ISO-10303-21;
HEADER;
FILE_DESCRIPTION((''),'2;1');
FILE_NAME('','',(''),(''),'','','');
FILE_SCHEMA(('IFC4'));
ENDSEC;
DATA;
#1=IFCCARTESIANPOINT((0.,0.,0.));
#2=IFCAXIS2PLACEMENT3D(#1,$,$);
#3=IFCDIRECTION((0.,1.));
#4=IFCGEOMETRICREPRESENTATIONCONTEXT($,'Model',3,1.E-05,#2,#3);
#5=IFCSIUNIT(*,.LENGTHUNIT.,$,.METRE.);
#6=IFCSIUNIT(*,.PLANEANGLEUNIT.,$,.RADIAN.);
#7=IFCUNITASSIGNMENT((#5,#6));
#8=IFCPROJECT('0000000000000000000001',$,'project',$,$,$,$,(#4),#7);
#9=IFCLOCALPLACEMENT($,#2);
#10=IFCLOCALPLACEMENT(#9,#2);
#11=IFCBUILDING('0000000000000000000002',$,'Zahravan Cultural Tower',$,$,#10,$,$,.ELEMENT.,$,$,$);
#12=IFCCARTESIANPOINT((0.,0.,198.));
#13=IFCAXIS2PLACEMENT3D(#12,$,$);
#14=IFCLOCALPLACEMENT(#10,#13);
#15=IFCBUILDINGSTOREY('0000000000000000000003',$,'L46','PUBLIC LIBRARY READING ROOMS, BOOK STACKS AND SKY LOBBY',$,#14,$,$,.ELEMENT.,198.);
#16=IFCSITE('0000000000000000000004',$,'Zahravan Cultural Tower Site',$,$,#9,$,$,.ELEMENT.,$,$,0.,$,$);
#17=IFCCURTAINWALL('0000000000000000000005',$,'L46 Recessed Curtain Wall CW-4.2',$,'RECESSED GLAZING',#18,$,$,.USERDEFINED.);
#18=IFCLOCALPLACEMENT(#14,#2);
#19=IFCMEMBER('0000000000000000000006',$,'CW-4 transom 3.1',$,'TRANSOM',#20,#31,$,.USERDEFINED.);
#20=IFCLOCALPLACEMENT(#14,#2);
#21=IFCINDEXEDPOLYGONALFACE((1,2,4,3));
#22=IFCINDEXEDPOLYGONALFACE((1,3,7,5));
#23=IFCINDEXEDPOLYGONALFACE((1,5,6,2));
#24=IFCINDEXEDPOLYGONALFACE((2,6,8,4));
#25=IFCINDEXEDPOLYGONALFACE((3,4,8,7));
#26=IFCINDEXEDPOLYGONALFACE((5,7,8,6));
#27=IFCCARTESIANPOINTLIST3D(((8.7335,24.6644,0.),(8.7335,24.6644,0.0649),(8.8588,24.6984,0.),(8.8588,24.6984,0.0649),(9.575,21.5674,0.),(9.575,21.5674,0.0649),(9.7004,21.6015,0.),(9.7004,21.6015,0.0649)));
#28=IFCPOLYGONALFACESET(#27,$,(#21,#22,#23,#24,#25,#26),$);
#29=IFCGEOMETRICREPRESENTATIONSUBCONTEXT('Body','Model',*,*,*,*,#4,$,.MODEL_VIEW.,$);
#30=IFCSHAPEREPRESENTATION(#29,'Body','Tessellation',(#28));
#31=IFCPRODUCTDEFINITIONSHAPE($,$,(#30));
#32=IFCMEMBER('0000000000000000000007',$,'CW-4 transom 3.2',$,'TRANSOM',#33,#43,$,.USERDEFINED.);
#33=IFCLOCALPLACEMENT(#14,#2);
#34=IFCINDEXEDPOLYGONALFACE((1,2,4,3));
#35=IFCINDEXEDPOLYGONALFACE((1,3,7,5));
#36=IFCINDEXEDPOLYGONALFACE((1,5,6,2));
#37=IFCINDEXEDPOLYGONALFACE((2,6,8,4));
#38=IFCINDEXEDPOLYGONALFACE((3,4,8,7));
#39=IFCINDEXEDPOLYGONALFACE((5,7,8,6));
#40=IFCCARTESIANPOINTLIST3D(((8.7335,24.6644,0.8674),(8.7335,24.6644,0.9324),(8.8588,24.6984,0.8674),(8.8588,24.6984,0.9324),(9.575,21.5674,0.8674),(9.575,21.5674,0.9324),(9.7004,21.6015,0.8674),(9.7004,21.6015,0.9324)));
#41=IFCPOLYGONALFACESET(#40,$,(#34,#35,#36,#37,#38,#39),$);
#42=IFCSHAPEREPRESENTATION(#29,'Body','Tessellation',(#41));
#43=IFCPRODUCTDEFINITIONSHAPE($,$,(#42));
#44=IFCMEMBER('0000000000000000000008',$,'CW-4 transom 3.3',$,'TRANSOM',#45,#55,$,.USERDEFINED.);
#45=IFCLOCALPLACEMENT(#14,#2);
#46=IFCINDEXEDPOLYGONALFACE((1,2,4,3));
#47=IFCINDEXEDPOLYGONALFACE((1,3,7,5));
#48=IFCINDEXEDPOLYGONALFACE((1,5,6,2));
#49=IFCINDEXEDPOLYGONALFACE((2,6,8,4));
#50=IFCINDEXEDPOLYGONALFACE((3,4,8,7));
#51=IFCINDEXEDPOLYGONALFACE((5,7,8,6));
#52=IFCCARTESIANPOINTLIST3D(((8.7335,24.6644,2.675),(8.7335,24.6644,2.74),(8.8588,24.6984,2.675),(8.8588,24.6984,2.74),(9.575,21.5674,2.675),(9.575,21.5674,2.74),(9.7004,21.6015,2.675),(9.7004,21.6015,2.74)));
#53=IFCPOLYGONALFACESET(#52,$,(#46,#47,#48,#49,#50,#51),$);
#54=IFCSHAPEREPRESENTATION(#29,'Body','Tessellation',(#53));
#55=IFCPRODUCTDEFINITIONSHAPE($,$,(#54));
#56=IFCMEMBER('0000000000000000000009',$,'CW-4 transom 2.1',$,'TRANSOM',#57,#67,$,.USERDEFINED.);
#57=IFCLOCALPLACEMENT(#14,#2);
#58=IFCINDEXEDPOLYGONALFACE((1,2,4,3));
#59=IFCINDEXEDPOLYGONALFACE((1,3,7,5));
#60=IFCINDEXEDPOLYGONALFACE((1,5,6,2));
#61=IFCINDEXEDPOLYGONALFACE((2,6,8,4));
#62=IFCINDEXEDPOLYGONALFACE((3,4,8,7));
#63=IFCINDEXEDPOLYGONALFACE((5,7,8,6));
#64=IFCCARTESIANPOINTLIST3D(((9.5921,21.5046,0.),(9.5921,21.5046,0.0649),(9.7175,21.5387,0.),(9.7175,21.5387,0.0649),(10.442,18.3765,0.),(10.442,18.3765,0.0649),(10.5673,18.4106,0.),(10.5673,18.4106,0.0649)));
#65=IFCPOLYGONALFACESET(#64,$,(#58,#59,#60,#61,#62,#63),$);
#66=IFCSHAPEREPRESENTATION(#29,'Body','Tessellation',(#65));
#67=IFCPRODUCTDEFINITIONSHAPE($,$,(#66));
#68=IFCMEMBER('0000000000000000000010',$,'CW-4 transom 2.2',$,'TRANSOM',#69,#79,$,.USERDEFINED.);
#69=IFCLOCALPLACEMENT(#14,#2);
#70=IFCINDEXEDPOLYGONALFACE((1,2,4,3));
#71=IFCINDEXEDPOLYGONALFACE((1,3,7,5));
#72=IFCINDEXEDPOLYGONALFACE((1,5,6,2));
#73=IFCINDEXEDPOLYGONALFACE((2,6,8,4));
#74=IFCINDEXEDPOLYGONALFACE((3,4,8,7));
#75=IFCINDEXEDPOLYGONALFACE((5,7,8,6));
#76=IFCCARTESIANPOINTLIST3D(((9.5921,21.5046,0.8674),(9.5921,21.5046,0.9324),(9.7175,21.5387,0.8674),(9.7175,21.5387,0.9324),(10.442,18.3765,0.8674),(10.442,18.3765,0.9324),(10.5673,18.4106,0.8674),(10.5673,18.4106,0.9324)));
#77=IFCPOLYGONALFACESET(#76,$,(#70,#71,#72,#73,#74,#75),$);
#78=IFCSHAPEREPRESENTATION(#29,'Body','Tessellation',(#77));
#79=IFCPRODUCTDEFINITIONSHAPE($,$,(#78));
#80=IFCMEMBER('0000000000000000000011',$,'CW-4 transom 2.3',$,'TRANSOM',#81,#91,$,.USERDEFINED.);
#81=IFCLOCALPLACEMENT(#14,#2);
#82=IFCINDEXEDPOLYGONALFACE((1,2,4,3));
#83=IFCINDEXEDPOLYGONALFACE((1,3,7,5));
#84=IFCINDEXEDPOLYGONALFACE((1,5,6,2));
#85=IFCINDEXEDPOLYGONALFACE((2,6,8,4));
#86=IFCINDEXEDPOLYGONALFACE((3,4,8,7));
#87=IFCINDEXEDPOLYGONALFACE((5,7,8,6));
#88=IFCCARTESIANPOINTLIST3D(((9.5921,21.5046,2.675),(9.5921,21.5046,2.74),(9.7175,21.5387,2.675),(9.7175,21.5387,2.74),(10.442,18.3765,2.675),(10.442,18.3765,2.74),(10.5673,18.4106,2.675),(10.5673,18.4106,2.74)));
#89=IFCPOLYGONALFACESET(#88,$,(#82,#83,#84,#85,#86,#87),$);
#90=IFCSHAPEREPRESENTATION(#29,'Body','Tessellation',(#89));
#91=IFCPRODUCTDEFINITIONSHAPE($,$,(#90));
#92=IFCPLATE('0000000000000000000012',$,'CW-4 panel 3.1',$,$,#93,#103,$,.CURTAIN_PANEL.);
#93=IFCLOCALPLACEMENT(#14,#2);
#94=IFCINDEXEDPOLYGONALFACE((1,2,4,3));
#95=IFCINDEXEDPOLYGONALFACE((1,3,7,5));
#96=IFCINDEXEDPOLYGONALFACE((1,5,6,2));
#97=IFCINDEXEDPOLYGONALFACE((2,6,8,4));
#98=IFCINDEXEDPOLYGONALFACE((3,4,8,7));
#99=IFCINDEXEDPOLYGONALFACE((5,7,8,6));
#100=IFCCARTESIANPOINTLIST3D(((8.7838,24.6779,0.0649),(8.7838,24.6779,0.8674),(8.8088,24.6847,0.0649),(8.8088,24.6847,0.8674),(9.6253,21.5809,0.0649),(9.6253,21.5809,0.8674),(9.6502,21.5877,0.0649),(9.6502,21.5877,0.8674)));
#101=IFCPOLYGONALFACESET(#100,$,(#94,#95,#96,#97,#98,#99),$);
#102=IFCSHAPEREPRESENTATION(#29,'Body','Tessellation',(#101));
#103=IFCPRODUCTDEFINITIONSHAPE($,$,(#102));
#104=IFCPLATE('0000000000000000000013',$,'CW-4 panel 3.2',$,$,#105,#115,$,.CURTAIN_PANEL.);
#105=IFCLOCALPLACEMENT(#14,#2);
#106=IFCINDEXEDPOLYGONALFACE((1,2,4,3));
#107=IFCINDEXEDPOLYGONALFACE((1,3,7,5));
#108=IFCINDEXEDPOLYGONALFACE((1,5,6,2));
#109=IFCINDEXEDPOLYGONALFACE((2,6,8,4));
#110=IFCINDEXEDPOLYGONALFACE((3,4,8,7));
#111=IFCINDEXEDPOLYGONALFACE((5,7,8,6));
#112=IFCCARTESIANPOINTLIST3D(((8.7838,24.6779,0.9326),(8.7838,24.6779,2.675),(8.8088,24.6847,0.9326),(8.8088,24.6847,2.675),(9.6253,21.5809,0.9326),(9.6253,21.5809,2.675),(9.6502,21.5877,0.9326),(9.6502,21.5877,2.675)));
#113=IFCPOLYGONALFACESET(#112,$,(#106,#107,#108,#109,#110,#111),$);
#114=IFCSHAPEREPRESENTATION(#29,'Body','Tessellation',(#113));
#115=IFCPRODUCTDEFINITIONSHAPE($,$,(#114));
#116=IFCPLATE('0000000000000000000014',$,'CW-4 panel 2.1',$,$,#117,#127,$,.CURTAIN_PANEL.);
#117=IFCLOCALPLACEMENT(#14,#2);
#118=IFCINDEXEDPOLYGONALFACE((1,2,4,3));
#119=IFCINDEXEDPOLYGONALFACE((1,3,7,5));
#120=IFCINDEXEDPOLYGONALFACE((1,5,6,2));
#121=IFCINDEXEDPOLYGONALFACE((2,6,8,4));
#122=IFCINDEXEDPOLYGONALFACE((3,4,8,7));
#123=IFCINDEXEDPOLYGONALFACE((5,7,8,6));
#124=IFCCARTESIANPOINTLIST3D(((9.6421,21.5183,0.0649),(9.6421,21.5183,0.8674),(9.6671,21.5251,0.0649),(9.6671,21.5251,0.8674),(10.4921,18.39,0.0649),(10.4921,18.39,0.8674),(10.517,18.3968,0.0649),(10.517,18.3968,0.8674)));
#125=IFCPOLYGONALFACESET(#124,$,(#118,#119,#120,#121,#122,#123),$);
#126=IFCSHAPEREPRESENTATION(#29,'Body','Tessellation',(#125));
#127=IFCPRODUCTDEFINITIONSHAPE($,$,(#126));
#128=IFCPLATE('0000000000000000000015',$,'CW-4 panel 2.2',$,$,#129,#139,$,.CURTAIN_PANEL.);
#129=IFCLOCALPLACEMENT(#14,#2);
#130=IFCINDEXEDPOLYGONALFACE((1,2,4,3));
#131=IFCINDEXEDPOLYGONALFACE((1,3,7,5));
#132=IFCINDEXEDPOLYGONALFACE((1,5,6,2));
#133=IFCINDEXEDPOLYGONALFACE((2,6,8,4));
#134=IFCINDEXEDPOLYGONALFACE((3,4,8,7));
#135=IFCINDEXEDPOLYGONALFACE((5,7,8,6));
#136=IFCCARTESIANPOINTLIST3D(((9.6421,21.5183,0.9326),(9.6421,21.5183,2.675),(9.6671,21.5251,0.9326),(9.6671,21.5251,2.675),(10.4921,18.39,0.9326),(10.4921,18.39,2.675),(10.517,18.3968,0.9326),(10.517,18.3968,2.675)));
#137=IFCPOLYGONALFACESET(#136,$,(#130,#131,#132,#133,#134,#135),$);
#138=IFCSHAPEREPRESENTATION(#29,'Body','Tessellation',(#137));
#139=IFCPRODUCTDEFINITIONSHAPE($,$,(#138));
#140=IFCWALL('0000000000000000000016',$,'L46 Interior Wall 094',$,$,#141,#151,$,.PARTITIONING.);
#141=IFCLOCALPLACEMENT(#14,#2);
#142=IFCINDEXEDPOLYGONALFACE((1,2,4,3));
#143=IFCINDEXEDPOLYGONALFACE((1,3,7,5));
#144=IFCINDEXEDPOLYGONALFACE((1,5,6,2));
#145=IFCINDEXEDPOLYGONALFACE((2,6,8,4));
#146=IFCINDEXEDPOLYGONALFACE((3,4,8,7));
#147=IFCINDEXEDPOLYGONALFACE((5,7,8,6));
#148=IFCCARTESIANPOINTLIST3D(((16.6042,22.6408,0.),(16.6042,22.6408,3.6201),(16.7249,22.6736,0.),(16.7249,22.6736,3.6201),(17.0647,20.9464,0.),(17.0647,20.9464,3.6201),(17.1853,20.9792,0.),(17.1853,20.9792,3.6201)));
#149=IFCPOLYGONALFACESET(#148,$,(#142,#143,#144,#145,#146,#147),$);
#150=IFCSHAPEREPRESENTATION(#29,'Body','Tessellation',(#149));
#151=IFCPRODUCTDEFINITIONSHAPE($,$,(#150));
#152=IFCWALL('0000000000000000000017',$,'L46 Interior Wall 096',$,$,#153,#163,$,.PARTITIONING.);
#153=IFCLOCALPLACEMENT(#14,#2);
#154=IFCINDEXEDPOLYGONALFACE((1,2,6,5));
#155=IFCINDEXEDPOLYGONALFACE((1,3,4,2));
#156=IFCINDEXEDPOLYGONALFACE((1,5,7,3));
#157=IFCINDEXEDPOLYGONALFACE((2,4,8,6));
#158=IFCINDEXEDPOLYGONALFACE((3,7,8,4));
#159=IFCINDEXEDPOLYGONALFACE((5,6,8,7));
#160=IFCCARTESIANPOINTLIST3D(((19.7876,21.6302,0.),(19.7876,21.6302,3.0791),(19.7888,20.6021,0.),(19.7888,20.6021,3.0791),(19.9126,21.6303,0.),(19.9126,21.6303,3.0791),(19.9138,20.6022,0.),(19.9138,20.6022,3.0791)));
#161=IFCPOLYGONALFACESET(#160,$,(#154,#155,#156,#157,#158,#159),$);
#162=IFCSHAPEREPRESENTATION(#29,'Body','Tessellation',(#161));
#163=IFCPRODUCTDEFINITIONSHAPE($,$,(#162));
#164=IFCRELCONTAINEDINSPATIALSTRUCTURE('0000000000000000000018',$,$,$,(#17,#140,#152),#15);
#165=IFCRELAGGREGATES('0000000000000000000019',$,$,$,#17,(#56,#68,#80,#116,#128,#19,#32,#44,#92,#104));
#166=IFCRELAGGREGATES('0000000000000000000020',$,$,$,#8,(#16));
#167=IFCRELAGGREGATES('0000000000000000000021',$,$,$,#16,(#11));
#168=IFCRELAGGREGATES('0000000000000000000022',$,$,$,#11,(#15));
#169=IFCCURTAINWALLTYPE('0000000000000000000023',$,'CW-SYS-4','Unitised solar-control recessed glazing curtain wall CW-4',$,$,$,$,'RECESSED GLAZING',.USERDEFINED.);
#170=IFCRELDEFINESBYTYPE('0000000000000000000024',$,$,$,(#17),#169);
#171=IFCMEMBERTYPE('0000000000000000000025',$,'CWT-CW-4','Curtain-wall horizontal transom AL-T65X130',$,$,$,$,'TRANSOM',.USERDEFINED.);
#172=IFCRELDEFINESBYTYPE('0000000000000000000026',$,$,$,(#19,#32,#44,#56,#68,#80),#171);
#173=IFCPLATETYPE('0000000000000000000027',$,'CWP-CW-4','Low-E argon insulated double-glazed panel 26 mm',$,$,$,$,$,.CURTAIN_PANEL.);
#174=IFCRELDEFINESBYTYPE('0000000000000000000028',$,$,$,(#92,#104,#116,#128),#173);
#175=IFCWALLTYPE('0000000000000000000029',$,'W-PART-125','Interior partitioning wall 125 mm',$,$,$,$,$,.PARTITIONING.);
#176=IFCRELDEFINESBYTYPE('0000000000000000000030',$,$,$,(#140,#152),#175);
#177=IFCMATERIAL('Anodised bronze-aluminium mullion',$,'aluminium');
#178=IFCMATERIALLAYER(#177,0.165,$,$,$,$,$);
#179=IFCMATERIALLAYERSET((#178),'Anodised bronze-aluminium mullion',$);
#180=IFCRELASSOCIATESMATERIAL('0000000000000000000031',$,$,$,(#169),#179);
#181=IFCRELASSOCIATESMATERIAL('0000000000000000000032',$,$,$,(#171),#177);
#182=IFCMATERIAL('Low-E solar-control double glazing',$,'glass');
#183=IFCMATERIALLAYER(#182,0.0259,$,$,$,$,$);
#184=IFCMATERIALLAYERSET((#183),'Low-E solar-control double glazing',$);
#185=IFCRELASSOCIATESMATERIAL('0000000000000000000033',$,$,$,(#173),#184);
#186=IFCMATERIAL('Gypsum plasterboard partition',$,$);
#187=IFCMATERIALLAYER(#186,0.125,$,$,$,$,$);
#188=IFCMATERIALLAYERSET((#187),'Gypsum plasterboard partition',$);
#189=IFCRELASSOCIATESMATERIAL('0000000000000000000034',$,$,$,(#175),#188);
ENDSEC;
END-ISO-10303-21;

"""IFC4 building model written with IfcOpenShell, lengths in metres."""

from ifc_helpers import new_model, si_unit, direction, frame, frame_2d, origin, origin_2d, place, context, subcontext, project, spatial, rectangle, extrude, source, transform, mapped, material, layer, layer_set, material_profile, profile_set, type_object, element, aggregate, save


model = new_model("IFC4")

# Units and contexts
model_context = context("Model", 3, precision=1e-05, world=origin(), true_north=direction((0.0, 1.0)))
body_context = subcontext(model_context, "Body", "Model", "MODEL_VIEW")
ifc_project = project(units=[si_unit("LENGTHUNIT", "METRE"), si_unit("PLANEANGLEUNIT", "RADIAN")], contexts=[model_context])

# Site, building, storey
site_placement = place(None, origin())
site = spatial("IfcSite", under=ifc_project, at=site_placement, Name="Zahravan Cultural Tower Site", CompositionType="ELEMENT", RefElevation=0.0)
building_placement = place(site_placement, origin())
building = spatial("IfcBuilding", under=site, at=building_placement, Name="Zahravan Cultural Tower", CompositionType="ELEMENT")
storey_placement = place(building_placement, frame((0.0, 0.0, 198.0)))
storey = spatial("IfcBuildingStorey", under=building, at=storey_placement, Name="L46", Description="PUBLIC LIBRARY READING ROOMS, BOOK STACKS AND SKY LOBBY", CompositionType="ELEMENT", Elevation=198.0)

# Curtain wall, members, plates
ifc_material_1 = material(Name="Anodised bronze-aluminium mullion", Category="aluminium")
ifc_layer_1 = layer(ifc_material_1, 0.165)
ifc_layer_set_1 = layer_set([ifc_layer_1], Name="Anodised bronze-aluminium mullion")
curtain_wall_type = type_object("IfcCurtainWallType", Name="CW-SYS-4", Description="Unitised solar-control recessed glazing curtain wall CW-4", ElementType="RECESSED GLAZING", PredefinedType="USERDEFINED", material=ifc_layer_set_1)
curtain_wall_placement = place(storey_placement, origin())
curtain_wall = element("IfcCurtainWall", 1, at=curtain_wall_placement, inside=storey, type_object=curtain_wall_type, Name="L46 Recessed Curtain Wall CW-4.2", ObjectType="RECESSED GLAZING", PredefinedType="USERDEFINED")
ifc_material_profile_1 = material_profile(ifc_material_1, rectangle(XDim=0.1299, YDim=0.0649, at=origin_2d()), Name="AL-T65X130")
ifc_profile_set_1 = profile_set([ifc_material_profile_1], Name="Anodised bronze-aluminium mullion")
member_type_1 = type_object("IfcMemberType", Name="CWT-CW-4", Description="Curtain-wall horizontal transom AL-T65X130", ElementType="TRANSOM", PredefinedType="USERDEFINED", material=ifc_profile_set_1)
shared_shape_1 = source(origin(), body_context, "Body", "SweptSolid", [
    extrude(rectangle(XDim=0.1299, YDim=0.0649, at=origin_2d()), origin(), (0.0, 0.0, 1.0), 3.2092),
])
member_1_placement = place(storey_placement, frame((9.6377, 21.5845, 0.0325), z_axis=(-0.262229, 0.965006, 0.0), x_axis=(-0.965006, -0.262229, 0.0)))
member_1 = element("IfcMember", 2, at=member_1_placement, type_object=member_type_1, Name="CW-4 transom 3.1", ObjectType="TRANSOM", PredefinedType="USERDEFINED", context=body_context, shape_type="MappedRepresentation", body=[
    mapped(shared_shape_1, transform((0.0, 0.0, 0.0), x_axis=(1.0, 0.0, 0.0), y_axis=(0.0, 1.0, 0.0), z_axis=(0.0, 0.0, 1.0), scale=1.0)),
])
member_2_placement = place(storey_placement, frame((9.6377, 21.5845, 0.8999), z_axis=(-0.262229, 0.965006, 0.0), x_axis=(-0.965006, -0.262229, 0.0)))
member_2 = element("IfcMember", 3, at=member_2_placement, type_object=member_type_1, Name="CW-4 transom 3.2", ObjectType="TRANSOM", PredefinedType="USERDEFINED", context=body_context, shape_type="MappedRepresentation", body=[
    mapped(shared_shape_1, transform((0.0, 0.0, 0.0), x_axis=(1.0, 0.0, 0.0), y_axis=(0.0, 1.0, 0.0), z_axis=(0.0, 0.0, 1.0), scale=1.0)),
])
member_3_placement = place(storey_placement, frame((9.6377, 21.5845, 2.7075), z_axis=(-0.262229, 0.965006, 0.0), x_axis=(-0.965006, -0.262229, 0.0)))
member_3 = element("IfcMember", 4, at=member_3_placement, type_object=member_type_1, Name="CW-4 transom 3.3", ObjectType="TRANSOM", PredefinedType="USERDEFINED", context=body_context, shape_type="MappedRepresentation", body=[
    mapped(shared_shape_1, transform((0.0, 0.0, 0.0), x_axis=(1.0, 0.0, 0.0), y_axis=(0.0, 1.0, 0.0), z_axis=(0.0, 0.0, 1.0), scale=1.0)),
])
shared_shape_2 = source(origin(), body_context, "Body", "SweptSolid", [
    extrude(rectangle(XDim=0.1299, YDim=0.0649, at=origin_2d()), origin(), (0.0, 0.0, 1.0), 3.2415),
])
member_4_placement = place(storey_placement, frame((10.5046, 18.3936, 0.0325), z_axis=(-0.262174, 0.965021, 0.0), x_axis=(-0.965021, -0.262174, 0.0)))
member_4 = element("IfcMember", 5, at=member_4_placement, type_object=member_type_1, Name="CW-4 transom 2.1", ObjectType="TRANSOM", PredefinedType="USERDEFINED", context=body_context, shape_type="MappedRepresentation", body=[
    mapped(shared_shape_2, transform((0.0, 0.0, 0.0), x_axis=(1.0, 0.0, 0.0), y_axis=(0.0, 1.0, 0.0), z_axis=(0.0, 0.0, 1.0), scale=1.0)),
])
member_5_placement = place(storey_placement, frame((10.5046, 18.3936, 0.8999), z_axis=(-0.262174, 0.965021, 0.0), x_axis=(-0.965021, -0.262174, 0.0)))
member_5 = element("IfcMember", 6, at=member_5_placement, type_object=member_type_1, Name="CW-4 transom 2.2", ObjectType="TRANSOM", PredefinedType="USERDEFINED", context=body_context, shape_type="MappedRepresentation", body=[
    mapped(shared_shape_2, transform((0.0, 0.0, 0.0), x_axis=(1.0, 0.0, 0.0), y_axis=(0.0, 1.0, 0.0), z_axis=(0.0, 0.0, 1.0), scale=1.0)),
])
member_6_placement = place(storey_placement, frame((10.5046, 18.3936, 2.7075), z_axis=(-0.262174, 0.965021, 0.0), x_axis=(-0.965021, -0.262174, 0.0)))
member_6 = element("IfcMember", 7, at=member_6_placement, type_object=member_type_1, Name="CW-4 transom 2.3", ObjectType="TRANSOM", PredefinedType="USERDEFINED", context=body_context, shape_type="MappedRepresentation", body=[
    mapped(shared_shape_2, transform((0.0, 0.0, 0.0), x_axis=(1.0, 0.0, 0.0), y_axis=(0.0, 1.0, 0.0), z_axis=(0.0, 0.0, 1.0), scale=1.0)),
])
ifc_material_2 = material(Name="Low-E solar-control double glazing", Category="glass")
ifc_layer_2 = layer(ifc_material_2, 0.0259)
ifc_layer_set_2 = layer_set([ifc_layer_2], Name="Low-E solar-control double glazing")
plate_type = type_object("IfcPlateType", Name="CWP-CW-4", Description="Low-E argon insulated double-glazed panel 26 mm", PredefinedType="CURTAIN_PANEL", material=ifc_layer_set_2)
shared_shape_3 = source(origin(), body_context, "Body", "SweptSolid", [
    extrude(rectangle(XDim=3.2092, YDim=0.0259, at=origin_2d()), origin(), (0.0, 0.0, 1.0), 0.8025),
])
plate_1_placement = place(storey_placement, frame((9.217, 23.1328, 0.0649), z_axis=(0.0, 0.0, 1.0), x_axis=(-0.262187, 0.965017, 0.0)))
plate_1 = element("IfcPlate", 8, at=plate_1_placement, type_object=plate_type, Name="CW-4 panel 3.1", PredefinedType="CURTAIN_PANEL", context=body_context, shape_type="MappedRepresentation", body=[
    mapped(shared_shape_3, transform((0.0, 0.0, 0.0), x_axis=(1.0, 0.0, 0.0), y_axis=(0.0, 1.0, 0.0), z_axis=(0.0, 0.0, 1.0), scale=1.0)),
])
shared_shape_4 = source(origin(), body_context, "Body", "SweptSolid", [
    extrude(rectangle(XDim=3.2092, YDim=0.0259, at=origin_2d()), origin(), (0.0, 0.0, 1.0), 1.7424),
])
plate_2_placement = place(storey_placement, frame((9.217, 23.1328, 0.9326), z_axis=(0.0, 0.0, 1.0), x_axis=(-0.262187, 0.965017, 0.0)))
plate_2 = element("IfcPlate", 9, at=plate_2_placement, type_object=plate_type, Name="CW-4 panel 3.2", PredefinedType="CURTAIN_PANEL", context=body_context, shape_type="MappedRepresentation", body=[
    mapped(shared_shape_4, transform((0.0, 0.0, 0.0), x_axis=(1.0, 0.0, 0.0), y_axis=(0.0, 1.0, 0.0), z_axis=(0.0, 0.0, 1.0), scale=1.0)),
])
shared_shape_5 = source(origin(), body_context, "Body", "SweptSolid", [
    extrude(rectangle(XDim=3.2417, YDim=0.0259, at=origin_2d()), origin(), (0.0, 0.0, 1.0), 0.8025),
])
plate_3_placement = place(storey_placement, frame((10.0796, 19.9575, 0.0649), z_axis=(0.0, 0.0, 1.0), x_axis=(-0.262187, 0.965017, 0.0)))
plate_3 = element("IfcPlate", 10, at=plate_3_placement, type_object=plate_type, Name="CW-4 panel 2.1", PredefinedType="CURTAIN_PANEL", context=body_context, shape_type="MappedRepresentation", body=[
    mapped(shared_shape_5, transform((0.0, 0.0, 0.0), x_axis=(1.0, 0.0, 0.0), y_axis=(0.0, 1.0, 0.0), z_axis=(0.0, 0.0, 1.0), scale=1.0)),
])
shared_shape_6 = source(origin(), body_context, "Body", "SweptSolid", [
    extrude(rectangle(XDim=3.2417, YDim=0.0259, at=origin_2d()), origin(), (0.0, 0.0, 1.0), 1.7424),
])
plate_4_placement = place(storey_placement, frame((10.0796, 19.9575, 0.9326), z_axis=(0.0, 0.0, 1.0), x_axis=(-0.262187, 0.965017, 0.0)))
plate_4 = element("IfcPlate", 11, at=plate_4_placement, type_object=plate_type, Name="CW-4 panel 2.2", PredefinedType="CURTAIN_PANEL", context=body_context, shape_type="MappedRepresentation", body=[
    mapped(shared_shape_6, transform((0.0, 0.0, 0.0), x_axis=(1.0, 0.0, 0.0), y_axis=(0.0, 1.0, 0.0), z_axis=(0.0, 0.0, 1.0), scale=1.0)),
])
aggregate(curtain_wall, [member_4, member_5, member_6, plate_3, plate_4, member_1, member_2, member_3, plate_1, plate_2])

# Shared definitions
ifc_material_3 = material(Name="Gypsum plasterboard partition")
ifc_layer_3 = layer(ifc_material_3, 0.125)
ifc_layer_set_3 = layer_set([ifc_layer_3], Name="Gypsum plasterboard partition")
wall_type = type_object("IfcWallType", Name="W-PART-125", Description="Interior partitioning wall 125 mm", PredefinedType="PARTITIONING", material=ifc_layer_set_3)

# Walls
shared_shape_7 = source(origin(), body_context, "Body", "SweptSolid", [
    extrude(rectangle(XDim=1.7559, YDim=0.125, at=frame_2d((0.8779, 0.0))), origin(), (0.0, 0.0, 1.0), 3.6201),
])
wall_1_placement = place(storey_placement, frame((16.6646, 22.6572, 0.0), z_axis=(0.0, 0.0, 1.0), x_axis=(0.262247, -0.965001, 0.0)))
element("IfcWall", 12, at=wall_1_placement, inside=storey, type_object=wall_type, Name="L46 Interior Wall 094", PredefinedType="PARTITIONING", context=body_context, shape_type="MappedRepresentation", body=[
    mapped(shared_shape_7, transform((0.0, 0.0, 0.0), x_axis=(1.0, 0.0, 0.0), y_axis=(0.0, 1.0, 0.0), z_axis=(0.0, 0.0, 1.0), scale=1.0)),
])
shared_shape_8 = source(origin(), body_context, "Body", "SweptSolid", [
    extrude(rectangle(XDim=1.0281, YDim=0.125, at=frame_2d((0.5142, 0.0))), origin(), (0.0, 0.0, 1.0), 3.0791),
])
wall_2_placement = place(storey_placement, frame((19.8501, 21.6304, 0.0), z_axis=(0.0, 0.0, 1.0), x_axis=(0.001187, -0.999999, 0.0)))
element("IfcWall", 13, at=wall_2_placement, inside=storey, type_object=wall_type, Name="L46 Interior Wall 096", PredefinedType="PARTITIONING", context=body_context, shape_type="MappedRepresentation", body=[
    mapped(shared_shape_8, transform((0.0, 0.0, 0.0), x_axis=(1.0, 0.0, 0.0), y_axis=(0.0, 1.0, 0.0), z_axis=(0.0, 0.0, 1.0), scale=1.0)),
])

save(model, "model.ifc")
